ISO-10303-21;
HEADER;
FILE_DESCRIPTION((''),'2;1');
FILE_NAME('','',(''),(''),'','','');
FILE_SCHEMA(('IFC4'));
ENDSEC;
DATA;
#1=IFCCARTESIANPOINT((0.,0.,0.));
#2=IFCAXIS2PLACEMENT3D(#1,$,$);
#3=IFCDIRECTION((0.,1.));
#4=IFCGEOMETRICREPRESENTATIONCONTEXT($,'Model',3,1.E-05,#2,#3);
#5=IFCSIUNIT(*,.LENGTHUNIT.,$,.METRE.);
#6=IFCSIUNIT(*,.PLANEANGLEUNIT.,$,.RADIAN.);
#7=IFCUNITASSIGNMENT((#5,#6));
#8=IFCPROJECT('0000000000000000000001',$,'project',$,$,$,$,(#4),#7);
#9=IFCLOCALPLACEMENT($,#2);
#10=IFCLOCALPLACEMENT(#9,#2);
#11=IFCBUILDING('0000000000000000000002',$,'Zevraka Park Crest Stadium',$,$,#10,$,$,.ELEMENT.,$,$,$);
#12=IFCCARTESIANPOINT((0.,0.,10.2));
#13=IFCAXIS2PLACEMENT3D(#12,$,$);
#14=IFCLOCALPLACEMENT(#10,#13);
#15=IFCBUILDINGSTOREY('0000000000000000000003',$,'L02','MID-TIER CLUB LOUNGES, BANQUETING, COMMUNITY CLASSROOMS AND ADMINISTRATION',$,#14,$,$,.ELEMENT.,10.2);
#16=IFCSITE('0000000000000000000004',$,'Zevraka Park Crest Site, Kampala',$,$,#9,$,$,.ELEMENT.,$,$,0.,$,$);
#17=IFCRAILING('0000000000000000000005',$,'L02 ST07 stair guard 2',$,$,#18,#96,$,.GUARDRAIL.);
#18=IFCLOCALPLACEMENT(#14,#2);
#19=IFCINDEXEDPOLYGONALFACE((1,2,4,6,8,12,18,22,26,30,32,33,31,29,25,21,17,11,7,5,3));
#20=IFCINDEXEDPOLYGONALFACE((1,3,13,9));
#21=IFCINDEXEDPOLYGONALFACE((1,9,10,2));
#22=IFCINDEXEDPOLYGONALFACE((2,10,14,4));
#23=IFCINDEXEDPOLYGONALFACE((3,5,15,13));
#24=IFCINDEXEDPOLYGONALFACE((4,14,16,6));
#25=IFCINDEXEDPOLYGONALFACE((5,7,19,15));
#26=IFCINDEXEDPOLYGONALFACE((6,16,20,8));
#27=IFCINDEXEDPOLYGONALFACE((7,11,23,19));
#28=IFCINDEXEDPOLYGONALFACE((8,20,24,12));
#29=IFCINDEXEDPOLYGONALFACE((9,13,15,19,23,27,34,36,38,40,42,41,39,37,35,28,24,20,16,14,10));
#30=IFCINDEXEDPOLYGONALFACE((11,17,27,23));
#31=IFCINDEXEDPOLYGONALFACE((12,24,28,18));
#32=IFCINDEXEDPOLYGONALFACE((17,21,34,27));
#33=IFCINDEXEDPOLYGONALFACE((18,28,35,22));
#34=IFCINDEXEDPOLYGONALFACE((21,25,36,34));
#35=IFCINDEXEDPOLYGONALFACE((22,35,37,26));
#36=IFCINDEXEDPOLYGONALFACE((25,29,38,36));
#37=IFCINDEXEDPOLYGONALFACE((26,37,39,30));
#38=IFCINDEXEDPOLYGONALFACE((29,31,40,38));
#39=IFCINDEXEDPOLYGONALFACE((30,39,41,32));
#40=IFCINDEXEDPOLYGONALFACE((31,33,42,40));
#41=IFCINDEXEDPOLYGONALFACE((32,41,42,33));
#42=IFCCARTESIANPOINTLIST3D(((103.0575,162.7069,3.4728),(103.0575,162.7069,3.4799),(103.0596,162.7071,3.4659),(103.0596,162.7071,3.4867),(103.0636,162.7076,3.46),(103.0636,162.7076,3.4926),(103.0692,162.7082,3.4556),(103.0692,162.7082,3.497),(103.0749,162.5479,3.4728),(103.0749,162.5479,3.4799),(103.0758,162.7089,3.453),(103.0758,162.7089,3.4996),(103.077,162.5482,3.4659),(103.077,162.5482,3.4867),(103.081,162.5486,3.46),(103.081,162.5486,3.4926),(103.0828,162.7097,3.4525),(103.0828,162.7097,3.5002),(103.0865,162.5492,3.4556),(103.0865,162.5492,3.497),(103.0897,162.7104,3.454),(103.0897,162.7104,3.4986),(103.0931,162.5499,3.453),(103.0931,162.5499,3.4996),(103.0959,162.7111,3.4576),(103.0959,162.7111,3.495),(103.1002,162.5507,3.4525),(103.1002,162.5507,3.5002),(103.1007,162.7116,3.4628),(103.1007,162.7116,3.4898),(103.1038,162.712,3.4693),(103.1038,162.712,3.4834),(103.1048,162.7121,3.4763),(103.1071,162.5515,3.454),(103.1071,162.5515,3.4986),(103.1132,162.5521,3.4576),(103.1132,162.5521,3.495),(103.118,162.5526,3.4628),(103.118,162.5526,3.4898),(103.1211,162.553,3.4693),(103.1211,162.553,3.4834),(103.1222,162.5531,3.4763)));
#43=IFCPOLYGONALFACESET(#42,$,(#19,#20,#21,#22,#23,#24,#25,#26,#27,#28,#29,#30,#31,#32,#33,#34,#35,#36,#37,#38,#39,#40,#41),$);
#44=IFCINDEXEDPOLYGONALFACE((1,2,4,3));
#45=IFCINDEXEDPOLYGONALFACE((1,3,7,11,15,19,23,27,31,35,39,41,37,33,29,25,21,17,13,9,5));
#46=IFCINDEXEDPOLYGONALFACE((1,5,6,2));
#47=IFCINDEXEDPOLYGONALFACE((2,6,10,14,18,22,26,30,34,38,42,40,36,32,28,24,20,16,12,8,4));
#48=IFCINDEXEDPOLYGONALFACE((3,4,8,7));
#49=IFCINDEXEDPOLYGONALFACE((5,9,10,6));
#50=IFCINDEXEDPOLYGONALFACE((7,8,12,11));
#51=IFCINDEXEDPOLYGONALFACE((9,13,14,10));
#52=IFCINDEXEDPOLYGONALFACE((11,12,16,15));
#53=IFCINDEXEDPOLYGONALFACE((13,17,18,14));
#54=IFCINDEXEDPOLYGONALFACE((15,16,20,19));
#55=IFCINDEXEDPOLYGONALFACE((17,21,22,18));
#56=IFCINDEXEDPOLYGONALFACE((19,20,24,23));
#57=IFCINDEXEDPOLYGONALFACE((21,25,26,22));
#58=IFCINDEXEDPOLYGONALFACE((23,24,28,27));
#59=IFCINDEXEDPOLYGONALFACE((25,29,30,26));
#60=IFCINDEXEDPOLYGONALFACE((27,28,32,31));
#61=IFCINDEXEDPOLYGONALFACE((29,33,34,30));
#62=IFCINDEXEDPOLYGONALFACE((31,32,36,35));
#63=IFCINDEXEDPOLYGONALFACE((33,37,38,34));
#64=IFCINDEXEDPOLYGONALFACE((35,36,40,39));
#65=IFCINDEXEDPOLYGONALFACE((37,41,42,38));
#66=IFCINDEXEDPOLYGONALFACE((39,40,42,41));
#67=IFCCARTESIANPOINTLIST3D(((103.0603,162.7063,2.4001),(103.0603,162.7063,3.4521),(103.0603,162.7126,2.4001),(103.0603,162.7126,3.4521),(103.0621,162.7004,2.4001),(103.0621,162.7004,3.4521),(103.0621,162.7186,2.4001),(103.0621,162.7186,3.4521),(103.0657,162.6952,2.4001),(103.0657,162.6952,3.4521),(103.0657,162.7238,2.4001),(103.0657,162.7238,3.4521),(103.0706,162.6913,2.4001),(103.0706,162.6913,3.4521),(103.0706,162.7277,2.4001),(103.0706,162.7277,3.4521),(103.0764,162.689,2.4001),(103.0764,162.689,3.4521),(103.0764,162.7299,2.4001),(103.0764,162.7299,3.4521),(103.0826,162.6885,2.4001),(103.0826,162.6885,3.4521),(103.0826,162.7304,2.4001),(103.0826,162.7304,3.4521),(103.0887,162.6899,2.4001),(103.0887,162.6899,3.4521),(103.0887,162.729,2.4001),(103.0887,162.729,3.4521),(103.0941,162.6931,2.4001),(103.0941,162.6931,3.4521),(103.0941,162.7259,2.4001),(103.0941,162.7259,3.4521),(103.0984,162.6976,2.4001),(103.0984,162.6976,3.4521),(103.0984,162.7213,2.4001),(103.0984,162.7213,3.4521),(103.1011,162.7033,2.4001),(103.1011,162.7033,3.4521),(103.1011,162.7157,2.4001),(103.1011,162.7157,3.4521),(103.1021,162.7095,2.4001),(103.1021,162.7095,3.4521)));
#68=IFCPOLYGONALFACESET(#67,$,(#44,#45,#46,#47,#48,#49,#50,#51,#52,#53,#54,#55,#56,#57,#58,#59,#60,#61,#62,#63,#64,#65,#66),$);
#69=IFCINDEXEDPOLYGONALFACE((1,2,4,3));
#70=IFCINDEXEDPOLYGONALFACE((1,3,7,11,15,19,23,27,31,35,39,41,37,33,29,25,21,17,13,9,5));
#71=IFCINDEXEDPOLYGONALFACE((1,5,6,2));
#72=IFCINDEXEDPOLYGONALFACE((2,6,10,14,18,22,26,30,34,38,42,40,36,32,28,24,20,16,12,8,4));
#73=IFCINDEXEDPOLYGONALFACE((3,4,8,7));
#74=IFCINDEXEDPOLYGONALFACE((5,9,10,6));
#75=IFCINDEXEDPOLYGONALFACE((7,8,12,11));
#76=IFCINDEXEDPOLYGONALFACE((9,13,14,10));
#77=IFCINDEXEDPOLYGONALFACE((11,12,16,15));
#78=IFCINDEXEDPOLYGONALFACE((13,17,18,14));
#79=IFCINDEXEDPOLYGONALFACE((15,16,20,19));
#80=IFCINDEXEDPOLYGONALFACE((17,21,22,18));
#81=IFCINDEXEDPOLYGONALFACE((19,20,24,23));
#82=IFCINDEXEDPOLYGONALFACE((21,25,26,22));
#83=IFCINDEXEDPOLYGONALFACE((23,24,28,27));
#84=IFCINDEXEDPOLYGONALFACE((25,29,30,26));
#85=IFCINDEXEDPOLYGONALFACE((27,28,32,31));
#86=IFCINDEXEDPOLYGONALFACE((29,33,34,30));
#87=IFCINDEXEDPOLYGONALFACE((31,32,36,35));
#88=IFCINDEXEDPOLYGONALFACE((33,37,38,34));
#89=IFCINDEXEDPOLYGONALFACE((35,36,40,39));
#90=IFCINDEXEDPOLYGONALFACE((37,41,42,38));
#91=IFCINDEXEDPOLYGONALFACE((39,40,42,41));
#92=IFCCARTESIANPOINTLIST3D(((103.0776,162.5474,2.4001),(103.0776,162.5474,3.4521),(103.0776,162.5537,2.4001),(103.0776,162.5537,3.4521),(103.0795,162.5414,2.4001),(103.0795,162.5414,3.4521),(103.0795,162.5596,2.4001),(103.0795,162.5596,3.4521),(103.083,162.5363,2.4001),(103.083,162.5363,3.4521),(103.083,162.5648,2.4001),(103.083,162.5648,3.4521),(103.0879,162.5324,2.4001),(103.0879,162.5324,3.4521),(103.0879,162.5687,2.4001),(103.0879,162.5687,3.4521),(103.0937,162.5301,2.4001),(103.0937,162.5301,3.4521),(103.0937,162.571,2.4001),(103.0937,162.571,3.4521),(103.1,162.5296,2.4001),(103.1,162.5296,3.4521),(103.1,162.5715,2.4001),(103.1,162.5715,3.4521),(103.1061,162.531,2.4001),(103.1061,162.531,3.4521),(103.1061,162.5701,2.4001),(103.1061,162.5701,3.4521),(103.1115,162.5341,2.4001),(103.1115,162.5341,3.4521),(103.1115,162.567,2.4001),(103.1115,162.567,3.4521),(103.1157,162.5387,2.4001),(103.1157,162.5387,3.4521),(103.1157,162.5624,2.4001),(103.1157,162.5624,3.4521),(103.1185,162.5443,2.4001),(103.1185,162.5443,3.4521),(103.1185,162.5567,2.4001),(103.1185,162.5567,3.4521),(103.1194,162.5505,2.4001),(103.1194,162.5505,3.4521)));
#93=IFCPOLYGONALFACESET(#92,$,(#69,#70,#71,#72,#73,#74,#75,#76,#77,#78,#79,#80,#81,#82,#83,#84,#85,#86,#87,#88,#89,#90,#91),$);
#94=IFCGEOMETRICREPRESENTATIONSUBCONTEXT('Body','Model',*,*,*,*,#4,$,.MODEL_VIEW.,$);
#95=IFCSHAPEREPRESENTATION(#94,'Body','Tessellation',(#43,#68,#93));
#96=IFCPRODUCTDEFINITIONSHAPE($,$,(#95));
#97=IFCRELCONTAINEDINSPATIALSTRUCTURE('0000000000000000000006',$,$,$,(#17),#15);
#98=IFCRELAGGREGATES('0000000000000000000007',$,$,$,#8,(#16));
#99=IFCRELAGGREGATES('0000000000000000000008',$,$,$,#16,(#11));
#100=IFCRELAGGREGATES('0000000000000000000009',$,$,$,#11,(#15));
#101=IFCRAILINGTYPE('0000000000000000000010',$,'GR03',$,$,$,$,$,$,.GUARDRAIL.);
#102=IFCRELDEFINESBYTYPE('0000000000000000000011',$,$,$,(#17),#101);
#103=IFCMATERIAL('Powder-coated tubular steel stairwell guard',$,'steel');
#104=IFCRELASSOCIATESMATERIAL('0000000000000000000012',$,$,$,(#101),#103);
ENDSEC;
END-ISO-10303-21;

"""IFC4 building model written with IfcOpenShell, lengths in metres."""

from ifc_helpers import new_model, si_unit, direction, frame, origin, origin_2d, place, context, subcontext, project, spatial, circle, extrude, material, type_object, element, save


model = new_model("IFC4")

# Units and contexts
model_context = context("Model", 3, precision=1e-05, world=origin(), true_north=direction((0.0, 1.0)))
body_context = subcontext(model_context, "Body", "Model", "MODEL_VIEW")
ifc_project = project(units=[si_unit("LENGTHUNIT", "METRE"), si_unit("PLANEANGLEUNIT", "RADIAN")], contexts=[model_context])

# Site, building, storey
site_placement = place(None, origin())
site = spatial("IfcSite", under=ifc_project, at=site_placement, Name="Zevraka Park Crest Site, Kampala", CompositionType="ELEMENT", RefElevation=0.0)
building_placement = place(site_placement, origin())
building = spatial("IfcBuilding", under=site, at=building_placement, Name="Zevraka Park Crest Stadium", CompositionType="ELEMENT")
storey_placement = place(building_placement, frame((0.0, 0.0, 10.2)))
storey = spatial("IfcBuildingStorey", under=building, at=storey_placement, Name="L02", Description="MID-TIER CLUB LOUNGES, BANQUETING, COMMUNITY CLASSROOMS AND ADMINISTRATION", CompositionType="ELEMENT", Elevation=10.2)

# Railing
ifc_material_1 = material(Name="Powder-coated tubular steel stairwell guard", Category="steel")
railing_type_1 = type_object("IfcRailingType", Name="GR03", PredefinedType="GUARDRAIL", material=ifc_material_1)
railing_1_placement = place(storey_placement, frame((103.0811, 162.7095, 2.4001)))
element("IfcRailing", 1, at=railing_1_placement, inside=storey, type_object=railing_type_1, Name="L02 ST07 stair guard 2", PredefinedType="GUARDRAIL", context=body_context, shape_type="SweptSolid", body=[
    extrude(circle(Radius=0.0239, at=origin_2d()), frame((0.0, 0.0, 1.0762), z_axis=(0.10842, -0.994105, 0.0), x_axis=(0.994105, 0.10842, 0.0)), (0.0, 0.0, 1.0), 0.1599),
    extrude(circle(Radius=0.021, at=origin_2d()), origin(), (0.0, 0.0, 1.0), 1.052),
    extrude(circle(Radius=0.021, at=origin_2d()), frame((0.0173, -0.1589, 0.0)), (0.0, 0.0, 1.0), 1.052),
])

save(model, "model.ifc")
